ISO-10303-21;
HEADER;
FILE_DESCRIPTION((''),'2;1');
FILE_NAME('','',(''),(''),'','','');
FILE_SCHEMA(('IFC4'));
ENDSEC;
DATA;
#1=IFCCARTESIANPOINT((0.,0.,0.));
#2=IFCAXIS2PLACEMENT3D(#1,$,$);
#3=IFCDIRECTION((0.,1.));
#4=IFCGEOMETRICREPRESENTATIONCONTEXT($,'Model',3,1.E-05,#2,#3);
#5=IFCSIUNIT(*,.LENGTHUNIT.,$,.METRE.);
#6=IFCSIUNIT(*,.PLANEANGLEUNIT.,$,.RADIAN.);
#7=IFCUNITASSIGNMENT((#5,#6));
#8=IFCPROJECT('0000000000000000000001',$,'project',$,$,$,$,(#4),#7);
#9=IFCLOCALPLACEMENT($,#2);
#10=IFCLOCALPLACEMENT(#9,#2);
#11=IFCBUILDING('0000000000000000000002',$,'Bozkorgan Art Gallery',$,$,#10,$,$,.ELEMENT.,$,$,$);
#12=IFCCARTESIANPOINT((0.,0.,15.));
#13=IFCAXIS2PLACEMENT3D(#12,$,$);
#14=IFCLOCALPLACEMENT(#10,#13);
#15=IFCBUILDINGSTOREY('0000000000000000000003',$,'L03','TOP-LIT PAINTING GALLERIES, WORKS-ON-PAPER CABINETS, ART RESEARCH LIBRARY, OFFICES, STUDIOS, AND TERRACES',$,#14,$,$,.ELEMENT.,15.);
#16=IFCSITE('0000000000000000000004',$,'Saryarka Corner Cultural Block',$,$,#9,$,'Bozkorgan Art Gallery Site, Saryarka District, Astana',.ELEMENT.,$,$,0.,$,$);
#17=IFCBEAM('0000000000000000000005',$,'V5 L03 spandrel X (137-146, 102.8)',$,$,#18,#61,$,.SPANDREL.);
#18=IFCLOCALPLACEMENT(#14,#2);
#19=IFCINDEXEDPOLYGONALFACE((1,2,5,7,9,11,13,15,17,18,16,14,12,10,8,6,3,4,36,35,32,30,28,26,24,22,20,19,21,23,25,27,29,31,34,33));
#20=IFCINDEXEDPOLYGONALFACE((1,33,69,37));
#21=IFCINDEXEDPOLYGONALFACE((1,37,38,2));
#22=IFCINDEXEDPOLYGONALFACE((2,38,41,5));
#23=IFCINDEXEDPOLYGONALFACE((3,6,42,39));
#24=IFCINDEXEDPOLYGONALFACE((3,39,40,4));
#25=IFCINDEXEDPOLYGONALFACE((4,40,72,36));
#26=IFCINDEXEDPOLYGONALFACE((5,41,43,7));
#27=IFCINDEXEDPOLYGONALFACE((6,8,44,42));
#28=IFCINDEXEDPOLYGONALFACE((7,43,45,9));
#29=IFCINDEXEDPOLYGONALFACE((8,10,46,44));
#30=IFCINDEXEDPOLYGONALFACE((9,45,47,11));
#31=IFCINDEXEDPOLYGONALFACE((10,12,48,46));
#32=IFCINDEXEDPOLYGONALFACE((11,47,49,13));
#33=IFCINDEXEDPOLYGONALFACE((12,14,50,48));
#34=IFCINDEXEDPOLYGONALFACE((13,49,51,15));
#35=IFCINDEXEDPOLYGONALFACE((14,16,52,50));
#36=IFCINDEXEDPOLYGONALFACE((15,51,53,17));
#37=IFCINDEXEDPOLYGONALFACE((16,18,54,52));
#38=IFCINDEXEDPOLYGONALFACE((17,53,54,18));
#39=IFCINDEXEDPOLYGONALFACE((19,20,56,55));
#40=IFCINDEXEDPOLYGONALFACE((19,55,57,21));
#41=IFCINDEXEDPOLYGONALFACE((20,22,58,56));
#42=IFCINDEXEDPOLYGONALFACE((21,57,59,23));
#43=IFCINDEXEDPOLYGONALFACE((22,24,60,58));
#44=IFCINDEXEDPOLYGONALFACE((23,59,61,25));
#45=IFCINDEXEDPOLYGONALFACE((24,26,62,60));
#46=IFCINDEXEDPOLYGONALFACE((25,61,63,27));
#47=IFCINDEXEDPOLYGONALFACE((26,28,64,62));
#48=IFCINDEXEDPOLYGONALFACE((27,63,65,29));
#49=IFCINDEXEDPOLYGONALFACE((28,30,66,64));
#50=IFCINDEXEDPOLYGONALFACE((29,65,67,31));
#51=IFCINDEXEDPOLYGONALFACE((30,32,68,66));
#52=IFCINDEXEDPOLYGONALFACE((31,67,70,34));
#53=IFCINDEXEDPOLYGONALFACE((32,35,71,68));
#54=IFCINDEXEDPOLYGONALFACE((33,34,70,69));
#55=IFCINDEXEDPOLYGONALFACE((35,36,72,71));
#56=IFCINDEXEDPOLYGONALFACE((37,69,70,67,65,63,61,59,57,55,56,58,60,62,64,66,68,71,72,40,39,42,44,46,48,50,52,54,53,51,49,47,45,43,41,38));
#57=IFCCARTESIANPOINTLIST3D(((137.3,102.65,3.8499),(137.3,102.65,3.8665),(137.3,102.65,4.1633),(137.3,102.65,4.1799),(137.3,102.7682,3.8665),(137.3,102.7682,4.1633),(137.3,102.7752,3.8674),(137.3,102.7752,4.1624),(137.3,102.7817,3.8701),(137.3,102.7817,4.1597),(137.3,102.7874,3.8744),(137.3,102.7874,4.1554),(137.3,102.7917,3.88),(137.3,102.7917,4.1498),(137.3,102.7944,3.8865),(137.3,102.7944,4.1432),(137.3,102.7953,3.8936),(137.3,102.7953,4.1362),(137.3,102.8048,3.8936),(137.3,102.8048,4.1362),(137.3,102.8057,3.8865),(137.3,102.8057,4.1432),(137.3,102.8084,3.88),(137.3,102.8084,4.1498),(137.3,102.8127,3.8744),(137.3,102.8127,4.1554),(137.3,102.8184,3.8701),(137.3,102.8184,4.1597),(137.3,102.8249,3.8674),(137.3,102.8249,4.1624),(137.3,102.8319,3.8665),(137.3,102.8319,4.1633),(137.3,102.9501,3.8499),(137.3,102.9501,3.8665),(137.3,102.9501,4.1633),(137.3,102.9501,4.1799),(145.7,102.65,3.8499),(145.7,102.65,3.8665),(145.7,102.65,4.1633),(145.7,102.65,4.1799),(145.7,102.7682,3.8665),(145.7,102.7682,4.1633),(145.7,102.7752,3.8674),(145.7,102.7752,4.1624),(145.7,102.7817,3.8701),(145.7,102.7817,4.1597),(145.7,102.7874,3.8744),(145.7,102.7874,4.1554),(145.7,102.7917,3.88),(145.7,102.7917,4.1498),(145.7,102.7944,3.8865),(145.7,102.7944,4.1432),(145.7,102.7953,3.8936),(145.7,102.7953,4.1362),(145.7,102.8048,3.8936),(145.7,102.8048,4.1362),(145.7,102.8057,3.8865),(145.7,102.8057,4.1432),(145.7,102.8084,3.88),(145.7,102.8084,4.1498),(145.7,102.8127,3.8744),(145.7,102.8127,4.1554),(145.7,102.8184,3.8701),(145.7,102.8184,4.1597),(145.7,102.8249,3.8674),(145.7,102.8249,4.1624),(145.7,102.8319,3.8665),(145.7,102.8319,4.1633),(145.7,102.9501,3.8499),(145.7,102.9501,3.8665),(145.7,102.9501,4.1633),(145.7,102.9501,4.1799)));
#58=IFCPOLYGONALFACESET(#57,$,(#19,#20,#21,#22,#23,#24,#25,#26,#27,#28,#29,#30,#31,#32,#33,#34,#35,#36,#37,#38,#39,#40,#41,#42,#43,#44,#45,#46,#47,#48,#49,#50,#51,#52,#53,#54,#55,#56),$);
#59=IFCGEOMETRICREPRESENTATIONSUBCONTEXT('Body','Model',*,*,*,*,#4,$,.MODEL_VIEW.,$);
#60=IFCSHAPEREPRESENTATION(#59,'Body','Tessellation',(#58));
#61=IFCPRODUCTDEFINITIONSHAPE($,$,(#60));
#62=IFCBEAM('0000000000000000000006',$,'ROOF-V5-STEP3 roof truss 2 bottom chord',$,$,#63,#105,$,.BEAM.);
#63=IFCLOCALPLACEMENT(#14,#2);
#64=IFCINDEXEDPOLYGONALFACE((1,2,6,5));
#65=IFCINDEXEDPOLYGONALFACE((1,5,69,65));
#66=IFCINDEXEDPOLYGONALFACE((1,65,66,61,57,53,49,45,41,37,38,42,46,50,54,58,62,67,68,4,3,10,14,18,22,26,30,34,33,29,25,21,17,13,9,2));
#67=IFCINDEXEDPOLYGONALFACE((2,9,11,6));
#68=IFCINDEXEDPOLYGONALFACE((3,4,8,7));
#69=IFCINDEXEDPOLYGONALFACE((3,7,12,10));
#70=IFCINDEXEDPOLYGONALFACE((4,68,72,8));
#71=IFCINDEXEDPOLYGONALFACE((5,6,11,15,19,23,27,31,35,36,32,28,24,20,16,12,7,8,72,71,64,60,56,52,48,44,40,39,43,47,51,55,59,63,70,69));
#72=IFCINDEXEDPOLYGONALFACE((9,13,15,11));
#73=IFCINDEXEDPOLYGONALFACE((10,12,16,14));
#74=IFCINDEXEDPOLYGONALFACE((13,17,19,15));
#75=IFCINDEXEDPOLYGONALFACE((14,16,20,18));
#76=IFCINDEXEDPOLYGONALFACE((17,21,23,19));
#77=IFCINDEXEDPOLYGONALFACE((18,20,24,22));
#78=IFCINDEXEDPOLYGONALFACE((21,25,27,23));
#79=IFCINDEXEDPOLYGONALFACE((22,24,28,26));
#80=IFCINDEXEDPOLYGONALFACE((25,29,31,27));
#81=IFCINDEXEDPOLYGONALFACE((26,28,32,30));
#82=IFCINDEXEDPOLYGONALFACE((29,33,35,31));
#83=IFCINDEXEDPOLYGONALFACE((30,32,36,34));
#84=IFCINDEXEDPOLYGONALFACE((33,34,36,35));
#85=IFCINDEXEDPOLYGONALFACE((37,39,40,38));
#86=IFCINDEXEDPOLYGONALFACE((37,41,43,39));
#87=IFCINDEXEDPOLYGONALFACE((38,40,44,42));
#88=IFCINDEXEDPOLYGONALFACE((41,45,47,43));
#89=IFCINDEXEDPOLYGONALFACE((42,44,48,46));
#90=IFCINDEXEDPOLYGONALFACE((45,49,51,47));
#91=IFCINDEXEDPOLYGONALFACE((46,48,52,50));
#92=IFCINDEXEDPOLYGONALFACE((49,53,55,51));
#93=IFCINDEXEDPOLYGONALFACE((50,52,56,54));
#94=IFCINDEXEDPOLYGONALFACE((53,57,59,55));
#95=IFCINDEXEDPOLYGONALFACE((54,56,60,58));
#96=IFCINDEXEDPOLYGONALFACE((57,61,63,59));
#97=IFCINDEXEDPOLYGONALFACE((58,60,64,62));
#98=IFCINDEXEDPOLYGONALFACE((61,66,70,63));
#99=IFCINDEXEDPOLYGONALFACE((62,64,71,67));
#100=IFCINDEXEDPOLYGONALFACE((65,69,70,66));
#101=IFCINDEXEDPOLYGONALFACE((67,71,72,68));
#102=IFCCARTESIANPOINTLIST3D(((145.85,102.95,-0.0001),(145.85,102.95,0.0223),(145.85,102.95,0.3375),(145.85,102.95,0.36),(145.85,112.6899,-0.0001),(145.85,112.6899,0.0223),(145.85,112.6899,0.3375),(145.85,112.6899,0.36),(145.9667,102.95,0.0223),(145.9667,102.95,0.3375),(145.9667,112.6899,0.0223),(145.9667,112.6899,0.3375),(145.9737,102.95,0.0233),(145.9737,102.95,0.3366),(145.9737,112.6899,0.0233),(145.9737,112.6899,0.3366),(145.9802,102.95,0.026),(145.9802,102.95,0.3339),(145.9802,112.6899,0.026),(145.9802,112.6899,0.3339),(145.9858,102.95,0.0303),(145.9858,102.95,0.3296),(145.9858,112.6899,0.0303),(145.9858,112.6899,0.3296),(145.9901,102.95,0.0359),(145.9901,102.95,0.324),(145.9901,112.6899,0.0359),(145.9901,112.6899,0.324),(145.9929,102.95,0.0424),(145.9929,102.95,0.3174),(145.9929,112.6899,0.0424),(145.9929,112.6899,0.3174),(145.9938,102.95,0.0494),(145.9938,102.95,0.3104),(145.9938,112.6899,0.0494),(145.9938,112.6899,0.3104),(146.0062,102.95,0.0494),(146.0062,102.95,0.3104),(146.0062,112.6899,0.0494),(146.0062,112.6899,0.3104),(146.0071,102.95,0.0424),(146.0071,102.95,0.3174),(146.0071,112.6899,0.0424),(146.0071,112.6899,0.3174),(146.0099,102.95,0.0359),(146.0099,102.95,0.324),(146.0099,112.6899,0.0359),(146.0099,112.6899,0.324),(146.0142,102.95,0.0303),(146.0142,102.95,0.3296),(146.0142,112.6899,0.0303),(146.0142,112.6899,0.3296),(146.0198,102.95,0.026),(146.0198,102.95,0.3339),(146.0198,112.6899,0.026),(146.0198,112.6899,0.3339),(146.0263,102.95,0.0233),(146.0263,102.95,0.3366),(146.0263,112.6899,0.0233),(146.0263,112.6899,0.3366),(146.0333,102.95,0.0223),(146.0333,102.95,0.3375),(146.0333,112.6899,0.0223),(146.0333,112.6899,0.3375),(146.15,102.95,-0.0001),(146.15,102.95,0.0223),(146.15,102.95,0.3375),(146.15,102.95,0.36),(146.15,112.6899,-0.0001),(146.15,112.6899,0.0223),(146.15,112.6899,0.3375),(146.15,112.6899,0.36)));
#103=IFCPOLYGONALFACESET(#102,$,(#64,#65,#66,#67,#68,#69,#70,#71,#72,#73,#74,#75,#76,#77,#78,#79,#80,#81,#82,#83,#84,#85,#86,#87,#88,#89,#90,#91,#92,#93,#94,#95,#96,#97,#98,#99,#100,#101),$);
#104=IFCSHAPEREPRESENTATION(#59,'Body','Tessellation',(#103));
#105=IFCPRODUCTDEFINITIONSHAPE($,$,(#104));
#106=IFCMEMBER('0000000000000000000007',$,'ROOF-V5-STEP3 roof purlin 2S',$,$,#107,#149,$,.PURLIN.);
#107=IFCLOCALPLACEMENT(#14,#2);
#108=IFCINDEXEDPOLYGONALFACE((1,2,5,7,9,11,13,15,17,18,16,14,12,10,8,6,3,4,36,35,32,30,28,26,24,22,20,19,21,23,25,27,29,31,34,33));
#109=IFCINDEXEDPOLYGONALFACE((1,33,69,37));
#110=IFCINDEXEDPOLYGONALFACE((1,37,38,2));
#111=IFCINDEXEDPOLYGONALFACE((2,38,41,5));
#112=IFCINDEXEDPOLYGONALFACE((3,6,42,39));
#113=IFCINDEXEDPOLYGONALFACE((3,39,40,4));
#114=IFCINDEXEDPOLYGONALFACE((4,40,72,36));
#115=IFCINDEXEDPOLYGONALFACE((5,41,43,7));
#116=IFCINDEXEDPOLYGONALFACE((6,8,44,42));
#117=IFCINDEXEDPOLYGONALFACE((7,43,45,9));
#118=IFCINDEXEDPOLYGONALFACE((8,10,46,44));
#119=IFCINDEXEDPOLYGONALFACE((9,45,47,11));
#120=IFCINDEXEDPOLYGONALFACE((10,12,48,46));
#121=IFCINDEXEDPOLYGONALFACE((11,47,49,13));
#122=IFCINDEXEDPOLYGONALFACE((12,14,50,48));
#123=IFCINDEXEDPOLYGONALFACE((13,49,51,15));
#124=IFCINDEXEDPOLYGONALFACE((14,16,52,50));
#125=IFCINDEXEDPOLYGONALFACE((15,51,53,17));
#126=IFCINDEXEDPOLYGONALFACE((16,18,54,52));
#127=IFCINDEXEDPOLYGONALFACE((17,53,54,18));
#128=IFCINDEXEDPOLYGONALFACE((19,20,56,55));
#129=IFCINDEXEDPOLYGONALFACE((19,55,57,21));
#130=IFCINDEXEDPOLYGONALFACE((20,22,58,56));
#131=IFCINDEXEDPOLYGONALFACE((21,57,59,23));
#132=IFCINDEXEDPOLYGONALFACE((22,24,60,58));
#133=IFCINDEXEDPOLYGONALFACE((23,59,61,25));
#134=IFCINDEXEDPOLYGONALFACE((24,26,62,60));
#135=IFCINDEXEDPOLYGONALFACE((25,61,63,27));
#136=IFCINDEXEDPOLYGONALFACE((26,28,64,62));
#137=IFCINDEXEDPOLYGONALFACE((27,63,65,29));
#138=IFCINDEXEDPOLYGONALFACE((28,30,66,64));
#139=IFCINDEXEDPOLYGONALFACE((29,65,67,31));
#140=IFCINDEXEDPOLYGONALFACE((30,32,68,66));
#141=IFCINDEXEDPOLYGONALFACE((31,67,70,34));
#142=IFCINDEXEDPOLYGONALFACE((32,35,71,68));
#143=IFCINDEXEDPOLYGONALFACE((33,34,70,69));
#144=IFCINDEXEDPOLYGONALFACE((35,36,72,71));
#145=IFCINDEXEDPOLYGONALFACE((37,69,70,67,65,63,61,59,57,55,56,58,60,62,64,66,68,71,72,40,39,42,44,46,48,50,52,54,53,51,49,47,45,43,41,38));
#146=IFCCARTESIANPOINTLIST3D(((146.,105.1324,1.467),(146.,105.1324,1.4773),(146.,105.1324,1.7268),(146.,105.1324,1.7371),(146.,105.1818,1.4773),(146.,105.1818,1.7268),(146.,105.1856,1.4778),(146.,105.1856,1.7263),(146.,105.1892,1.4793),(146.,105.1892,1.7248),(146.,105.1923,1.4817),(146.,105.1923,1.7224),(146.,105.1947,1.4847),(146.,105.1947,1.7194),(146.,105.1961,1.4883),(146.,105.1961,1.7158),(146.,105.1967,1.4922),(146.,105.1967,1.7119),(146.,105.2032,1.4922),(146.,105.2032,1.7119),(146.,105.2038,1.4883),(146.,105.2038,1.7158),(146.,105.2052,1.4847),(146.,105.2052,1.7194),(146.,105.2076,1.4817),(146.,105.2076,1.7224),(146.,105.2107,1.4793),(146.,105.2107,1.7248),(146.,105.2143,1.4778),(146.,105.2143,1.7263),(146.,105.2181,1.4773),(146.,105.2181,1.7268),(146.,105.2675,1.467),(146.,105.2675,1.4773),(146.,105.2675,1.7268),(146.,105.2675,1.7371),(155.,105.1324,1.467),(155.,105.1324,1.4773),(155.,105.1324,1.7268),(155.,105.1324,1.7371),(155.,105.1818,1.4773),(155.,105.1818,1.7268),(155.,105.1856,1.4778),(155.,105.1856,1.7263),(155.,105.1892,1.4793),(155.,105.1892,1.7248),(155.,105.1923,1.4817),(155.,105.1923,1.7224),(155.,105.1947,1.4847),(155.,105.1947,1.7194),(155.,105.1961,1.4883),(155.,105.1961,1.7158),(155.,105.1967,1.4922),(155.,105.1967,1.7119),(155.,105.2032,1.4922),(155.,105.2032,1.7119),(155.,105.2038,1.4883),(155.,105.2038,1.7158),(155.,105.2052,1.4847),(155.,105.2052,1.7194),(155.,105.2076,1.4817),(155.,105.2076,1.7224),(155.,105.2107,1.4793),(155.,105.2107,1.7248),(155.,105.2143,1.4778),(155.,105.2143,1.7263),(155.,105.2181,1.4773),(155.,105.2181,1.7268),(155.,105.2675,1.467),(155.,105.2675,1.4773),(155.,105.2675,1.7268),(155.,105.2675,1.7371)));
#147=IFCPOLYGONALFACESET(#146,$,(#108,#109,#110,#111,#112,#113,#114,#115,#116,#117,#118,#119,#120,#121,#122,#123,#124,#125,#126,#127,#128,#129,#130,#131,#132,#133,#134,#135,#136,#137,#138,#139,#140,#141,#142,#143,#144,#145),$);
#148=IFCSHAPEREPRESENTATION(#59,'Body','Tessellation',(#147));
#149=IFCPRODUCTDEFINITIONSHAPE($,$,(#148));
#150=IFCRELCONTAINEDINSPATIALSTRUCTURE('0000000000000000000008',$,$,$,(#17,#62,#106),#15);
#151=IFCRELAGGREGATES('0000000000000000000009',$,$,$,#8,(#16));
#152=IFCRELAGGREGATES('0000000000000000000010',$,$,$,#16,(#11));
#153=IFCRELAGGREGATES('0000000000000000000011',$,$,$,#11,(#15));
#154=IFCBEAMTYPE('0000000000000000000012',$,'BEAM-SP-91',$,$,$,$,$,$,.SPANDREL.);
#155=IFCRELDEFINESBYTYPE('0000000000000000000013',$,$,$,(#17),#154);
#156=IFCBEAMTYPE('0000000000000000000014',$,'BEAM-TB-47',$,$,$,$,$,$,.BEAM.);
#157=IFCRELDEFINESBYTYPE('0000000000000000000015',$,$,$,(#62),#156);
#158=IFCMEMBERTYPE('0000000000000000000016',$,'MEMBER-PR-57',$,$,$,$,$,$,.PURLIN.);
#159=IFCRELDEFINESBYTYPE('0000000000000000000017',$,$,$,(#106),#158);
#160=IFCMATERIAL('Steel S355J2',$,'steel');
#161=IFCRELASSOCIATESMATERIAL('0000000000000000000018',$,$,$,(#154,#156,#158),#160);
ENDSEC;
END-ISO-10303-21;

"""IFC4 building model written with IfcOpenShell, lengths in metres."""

from ifc_helpers import new_model, si_unit, direction, frame, origin, origin_2d, place, context, subcontext, project, spatial, i_section, extrude, material, material_profile, profile_set, type_object, element, save


model = new_model("IFC4")

# Units and contexts
model_context = context("Model", 3, precision=1e-05, world=origin(), true_north=direction((0.0, 1.0)))
body_context = subcontext(model_context, "Body", "Model", "MODEL_VIEW")
ifc_project = project(units=[si_unit("LENGTHUNIT", "METRE"), si_unit("PLANEANGLEUNIT", "RADIAN")], contexts=[model_context])

# Site, building, storey
site_placement = place(None, origin())
site = spatial("IfcSite", under=ifc_project, at=site_placement, Name="Saryarka Corner Cultural Block", LongName="Bozkorgan Art Gallery Site, Saryarka District, Astana", CompositionType="ELEMENT", RefElevation=0.0)
building_placement = place(site_placement, origin())
building = spatial("IfcBuilding", under=site, at=building_placement, Name="Bozkorgan Art Gallery", CompositionType="ELEMENT")
storey_placement = place(building_placement, frame((0.0, 0.0, 15.0)))
storey = spatial("IfcBuildingStorey", under=building, at=storey_placement, Name="L03", Description="TOP-LIT PAINTING GALLERIES, WORKS-ON-PAPER CABINETS, ART RESEARCH LIBRARY, OFFICES, STUDIOS, AND TERRACES", CompositionType="ELEMENT", Elevation=15.0)

# Beams
ifc_material_1 = material(Name="Steel S355J2", Category="steel")
ifc_material_profile_1 = material_profile(ifc_material_1, i_section(OverallWidth=0.3, OverallDepth=0.3301, WebThickness=0.0095, FlangeThickness=0.0166, FilletRadius=0.0271, at=origin_2d()), Name="HEA 340")
ifc_profile_set_1 = profile_set([ifc_material_profile_1], Name="Steel S355J2")
beam_type_1 = type_object("IfcBeamType", Name="BEAM-SP-91", PredefinedType="SPANDREL", material=ifc_profile_set_1)
beam_1_placement = place(storey_placement, frame((137.3, 102.8, 4.0149), z_axis=(1.0, 0.0, 0.0), x_axis=(0.0, 1.0, 0.0)))
element("IfcBeam", 1, at=beam_1_placement, inside=storey, type_object=beam_type_1, Name="V5 L03 spandrel X (137-146, 102.8)", PredefinedType="SPANDREL", context=body_context, shape_type="SweptSolid", body=[
    extrude(i_section(OverallWidth=0.3, OverallDepth=0.3301, WebThickness=0.0095, FlangeThickness=0.0166, FilletRadius=0.0271, at=origin_2d()), origin(), (0.0, 0.0, 1.0), 8.3999),
])
ifc_material_profile_2 = material_profile(ifc_material_1, i_section(OverallWidth=0.3, OverallDepth=0.3601, WebThickness=0.0125, FlangeThickness=0.0225, FilletRadius=0.0271, at=origin_2d()), Name="HEB 360")
ifc_profile_set_2 = profile_set([ifc_material_profile_2], Name="Steel S355J2")
beam_type_2 = type_object("IfcBeamType", Name="BEAM-TB-47", PredefinedType="BEAM", material=ifc_profile_set_2)
beam_2_placement = place(storey_placement, frame((146.0, 102.95, 0.1799), z_axis=(0.0, 1.0, 0.0), x_axis=(-1.0, 0.0, 0.0)))
element("IfcBeam", 2, at=beam_2_placement, inside=storey, type_object=beam_type_2, Name="ROOF-V5-STEP3 roof truss 2 bottom chord", PredefinedType="BEAM", context=body_context, shape_type="SweptSolid", body=[
    extrude(i_section(OverallWidth=0.3, OverallDepth=0.3601, WebThickness=0.0125, FlangeThickness=0.0225, FilletRadius=0.0271, at=origin_2d()), origin(), (0.0, 0.0, 1.0), 9.74),
])

# Member
ifc_material_profile_3 = material_profile(ifc_material_1, i_section(OverallWidth=0.135, OverallDepth=0.27, WebThickness=0.0066, FlangeThickness=0.0103, FilletRadius=0.0149, at=origin_2d()), Name="IPE 270")
ifc_profile_set_3 = profile_set([ifc_material_profile_3], Name="Steel S355J2")
member_type_1 = type_object("IfcMemberType", Name="MEMBER-PR-57", PredefinedType="PURLIN", material=ifc_profile_set_3)
member_1_placement = place(storey_placement, frame((146.0, 105.2, 1.6021), z_axis=(1.0, 0.0, 0.0), x_axis=(0.0, 1.0, 0.0)))
element("IfcMember", 3, at=member_1_placement, inside=storey, type_object=member_type_1, Name="ROOF-V5-STEP3 roof purlin 2S", PredefinedType="PURLIN", context=body_context, shape_type="SweptSolid", body=[
    extrude(i_section(OverallWidth=0.135, OverallDepth=0.27, WebThickness=0.0066, FlangeThickness=0.0103, FilletRadius=0.0149, at=origin_2d()), origin(), (0.0, 0.0, 1.0), 9.0),
])

save(model, "model.ifc")
